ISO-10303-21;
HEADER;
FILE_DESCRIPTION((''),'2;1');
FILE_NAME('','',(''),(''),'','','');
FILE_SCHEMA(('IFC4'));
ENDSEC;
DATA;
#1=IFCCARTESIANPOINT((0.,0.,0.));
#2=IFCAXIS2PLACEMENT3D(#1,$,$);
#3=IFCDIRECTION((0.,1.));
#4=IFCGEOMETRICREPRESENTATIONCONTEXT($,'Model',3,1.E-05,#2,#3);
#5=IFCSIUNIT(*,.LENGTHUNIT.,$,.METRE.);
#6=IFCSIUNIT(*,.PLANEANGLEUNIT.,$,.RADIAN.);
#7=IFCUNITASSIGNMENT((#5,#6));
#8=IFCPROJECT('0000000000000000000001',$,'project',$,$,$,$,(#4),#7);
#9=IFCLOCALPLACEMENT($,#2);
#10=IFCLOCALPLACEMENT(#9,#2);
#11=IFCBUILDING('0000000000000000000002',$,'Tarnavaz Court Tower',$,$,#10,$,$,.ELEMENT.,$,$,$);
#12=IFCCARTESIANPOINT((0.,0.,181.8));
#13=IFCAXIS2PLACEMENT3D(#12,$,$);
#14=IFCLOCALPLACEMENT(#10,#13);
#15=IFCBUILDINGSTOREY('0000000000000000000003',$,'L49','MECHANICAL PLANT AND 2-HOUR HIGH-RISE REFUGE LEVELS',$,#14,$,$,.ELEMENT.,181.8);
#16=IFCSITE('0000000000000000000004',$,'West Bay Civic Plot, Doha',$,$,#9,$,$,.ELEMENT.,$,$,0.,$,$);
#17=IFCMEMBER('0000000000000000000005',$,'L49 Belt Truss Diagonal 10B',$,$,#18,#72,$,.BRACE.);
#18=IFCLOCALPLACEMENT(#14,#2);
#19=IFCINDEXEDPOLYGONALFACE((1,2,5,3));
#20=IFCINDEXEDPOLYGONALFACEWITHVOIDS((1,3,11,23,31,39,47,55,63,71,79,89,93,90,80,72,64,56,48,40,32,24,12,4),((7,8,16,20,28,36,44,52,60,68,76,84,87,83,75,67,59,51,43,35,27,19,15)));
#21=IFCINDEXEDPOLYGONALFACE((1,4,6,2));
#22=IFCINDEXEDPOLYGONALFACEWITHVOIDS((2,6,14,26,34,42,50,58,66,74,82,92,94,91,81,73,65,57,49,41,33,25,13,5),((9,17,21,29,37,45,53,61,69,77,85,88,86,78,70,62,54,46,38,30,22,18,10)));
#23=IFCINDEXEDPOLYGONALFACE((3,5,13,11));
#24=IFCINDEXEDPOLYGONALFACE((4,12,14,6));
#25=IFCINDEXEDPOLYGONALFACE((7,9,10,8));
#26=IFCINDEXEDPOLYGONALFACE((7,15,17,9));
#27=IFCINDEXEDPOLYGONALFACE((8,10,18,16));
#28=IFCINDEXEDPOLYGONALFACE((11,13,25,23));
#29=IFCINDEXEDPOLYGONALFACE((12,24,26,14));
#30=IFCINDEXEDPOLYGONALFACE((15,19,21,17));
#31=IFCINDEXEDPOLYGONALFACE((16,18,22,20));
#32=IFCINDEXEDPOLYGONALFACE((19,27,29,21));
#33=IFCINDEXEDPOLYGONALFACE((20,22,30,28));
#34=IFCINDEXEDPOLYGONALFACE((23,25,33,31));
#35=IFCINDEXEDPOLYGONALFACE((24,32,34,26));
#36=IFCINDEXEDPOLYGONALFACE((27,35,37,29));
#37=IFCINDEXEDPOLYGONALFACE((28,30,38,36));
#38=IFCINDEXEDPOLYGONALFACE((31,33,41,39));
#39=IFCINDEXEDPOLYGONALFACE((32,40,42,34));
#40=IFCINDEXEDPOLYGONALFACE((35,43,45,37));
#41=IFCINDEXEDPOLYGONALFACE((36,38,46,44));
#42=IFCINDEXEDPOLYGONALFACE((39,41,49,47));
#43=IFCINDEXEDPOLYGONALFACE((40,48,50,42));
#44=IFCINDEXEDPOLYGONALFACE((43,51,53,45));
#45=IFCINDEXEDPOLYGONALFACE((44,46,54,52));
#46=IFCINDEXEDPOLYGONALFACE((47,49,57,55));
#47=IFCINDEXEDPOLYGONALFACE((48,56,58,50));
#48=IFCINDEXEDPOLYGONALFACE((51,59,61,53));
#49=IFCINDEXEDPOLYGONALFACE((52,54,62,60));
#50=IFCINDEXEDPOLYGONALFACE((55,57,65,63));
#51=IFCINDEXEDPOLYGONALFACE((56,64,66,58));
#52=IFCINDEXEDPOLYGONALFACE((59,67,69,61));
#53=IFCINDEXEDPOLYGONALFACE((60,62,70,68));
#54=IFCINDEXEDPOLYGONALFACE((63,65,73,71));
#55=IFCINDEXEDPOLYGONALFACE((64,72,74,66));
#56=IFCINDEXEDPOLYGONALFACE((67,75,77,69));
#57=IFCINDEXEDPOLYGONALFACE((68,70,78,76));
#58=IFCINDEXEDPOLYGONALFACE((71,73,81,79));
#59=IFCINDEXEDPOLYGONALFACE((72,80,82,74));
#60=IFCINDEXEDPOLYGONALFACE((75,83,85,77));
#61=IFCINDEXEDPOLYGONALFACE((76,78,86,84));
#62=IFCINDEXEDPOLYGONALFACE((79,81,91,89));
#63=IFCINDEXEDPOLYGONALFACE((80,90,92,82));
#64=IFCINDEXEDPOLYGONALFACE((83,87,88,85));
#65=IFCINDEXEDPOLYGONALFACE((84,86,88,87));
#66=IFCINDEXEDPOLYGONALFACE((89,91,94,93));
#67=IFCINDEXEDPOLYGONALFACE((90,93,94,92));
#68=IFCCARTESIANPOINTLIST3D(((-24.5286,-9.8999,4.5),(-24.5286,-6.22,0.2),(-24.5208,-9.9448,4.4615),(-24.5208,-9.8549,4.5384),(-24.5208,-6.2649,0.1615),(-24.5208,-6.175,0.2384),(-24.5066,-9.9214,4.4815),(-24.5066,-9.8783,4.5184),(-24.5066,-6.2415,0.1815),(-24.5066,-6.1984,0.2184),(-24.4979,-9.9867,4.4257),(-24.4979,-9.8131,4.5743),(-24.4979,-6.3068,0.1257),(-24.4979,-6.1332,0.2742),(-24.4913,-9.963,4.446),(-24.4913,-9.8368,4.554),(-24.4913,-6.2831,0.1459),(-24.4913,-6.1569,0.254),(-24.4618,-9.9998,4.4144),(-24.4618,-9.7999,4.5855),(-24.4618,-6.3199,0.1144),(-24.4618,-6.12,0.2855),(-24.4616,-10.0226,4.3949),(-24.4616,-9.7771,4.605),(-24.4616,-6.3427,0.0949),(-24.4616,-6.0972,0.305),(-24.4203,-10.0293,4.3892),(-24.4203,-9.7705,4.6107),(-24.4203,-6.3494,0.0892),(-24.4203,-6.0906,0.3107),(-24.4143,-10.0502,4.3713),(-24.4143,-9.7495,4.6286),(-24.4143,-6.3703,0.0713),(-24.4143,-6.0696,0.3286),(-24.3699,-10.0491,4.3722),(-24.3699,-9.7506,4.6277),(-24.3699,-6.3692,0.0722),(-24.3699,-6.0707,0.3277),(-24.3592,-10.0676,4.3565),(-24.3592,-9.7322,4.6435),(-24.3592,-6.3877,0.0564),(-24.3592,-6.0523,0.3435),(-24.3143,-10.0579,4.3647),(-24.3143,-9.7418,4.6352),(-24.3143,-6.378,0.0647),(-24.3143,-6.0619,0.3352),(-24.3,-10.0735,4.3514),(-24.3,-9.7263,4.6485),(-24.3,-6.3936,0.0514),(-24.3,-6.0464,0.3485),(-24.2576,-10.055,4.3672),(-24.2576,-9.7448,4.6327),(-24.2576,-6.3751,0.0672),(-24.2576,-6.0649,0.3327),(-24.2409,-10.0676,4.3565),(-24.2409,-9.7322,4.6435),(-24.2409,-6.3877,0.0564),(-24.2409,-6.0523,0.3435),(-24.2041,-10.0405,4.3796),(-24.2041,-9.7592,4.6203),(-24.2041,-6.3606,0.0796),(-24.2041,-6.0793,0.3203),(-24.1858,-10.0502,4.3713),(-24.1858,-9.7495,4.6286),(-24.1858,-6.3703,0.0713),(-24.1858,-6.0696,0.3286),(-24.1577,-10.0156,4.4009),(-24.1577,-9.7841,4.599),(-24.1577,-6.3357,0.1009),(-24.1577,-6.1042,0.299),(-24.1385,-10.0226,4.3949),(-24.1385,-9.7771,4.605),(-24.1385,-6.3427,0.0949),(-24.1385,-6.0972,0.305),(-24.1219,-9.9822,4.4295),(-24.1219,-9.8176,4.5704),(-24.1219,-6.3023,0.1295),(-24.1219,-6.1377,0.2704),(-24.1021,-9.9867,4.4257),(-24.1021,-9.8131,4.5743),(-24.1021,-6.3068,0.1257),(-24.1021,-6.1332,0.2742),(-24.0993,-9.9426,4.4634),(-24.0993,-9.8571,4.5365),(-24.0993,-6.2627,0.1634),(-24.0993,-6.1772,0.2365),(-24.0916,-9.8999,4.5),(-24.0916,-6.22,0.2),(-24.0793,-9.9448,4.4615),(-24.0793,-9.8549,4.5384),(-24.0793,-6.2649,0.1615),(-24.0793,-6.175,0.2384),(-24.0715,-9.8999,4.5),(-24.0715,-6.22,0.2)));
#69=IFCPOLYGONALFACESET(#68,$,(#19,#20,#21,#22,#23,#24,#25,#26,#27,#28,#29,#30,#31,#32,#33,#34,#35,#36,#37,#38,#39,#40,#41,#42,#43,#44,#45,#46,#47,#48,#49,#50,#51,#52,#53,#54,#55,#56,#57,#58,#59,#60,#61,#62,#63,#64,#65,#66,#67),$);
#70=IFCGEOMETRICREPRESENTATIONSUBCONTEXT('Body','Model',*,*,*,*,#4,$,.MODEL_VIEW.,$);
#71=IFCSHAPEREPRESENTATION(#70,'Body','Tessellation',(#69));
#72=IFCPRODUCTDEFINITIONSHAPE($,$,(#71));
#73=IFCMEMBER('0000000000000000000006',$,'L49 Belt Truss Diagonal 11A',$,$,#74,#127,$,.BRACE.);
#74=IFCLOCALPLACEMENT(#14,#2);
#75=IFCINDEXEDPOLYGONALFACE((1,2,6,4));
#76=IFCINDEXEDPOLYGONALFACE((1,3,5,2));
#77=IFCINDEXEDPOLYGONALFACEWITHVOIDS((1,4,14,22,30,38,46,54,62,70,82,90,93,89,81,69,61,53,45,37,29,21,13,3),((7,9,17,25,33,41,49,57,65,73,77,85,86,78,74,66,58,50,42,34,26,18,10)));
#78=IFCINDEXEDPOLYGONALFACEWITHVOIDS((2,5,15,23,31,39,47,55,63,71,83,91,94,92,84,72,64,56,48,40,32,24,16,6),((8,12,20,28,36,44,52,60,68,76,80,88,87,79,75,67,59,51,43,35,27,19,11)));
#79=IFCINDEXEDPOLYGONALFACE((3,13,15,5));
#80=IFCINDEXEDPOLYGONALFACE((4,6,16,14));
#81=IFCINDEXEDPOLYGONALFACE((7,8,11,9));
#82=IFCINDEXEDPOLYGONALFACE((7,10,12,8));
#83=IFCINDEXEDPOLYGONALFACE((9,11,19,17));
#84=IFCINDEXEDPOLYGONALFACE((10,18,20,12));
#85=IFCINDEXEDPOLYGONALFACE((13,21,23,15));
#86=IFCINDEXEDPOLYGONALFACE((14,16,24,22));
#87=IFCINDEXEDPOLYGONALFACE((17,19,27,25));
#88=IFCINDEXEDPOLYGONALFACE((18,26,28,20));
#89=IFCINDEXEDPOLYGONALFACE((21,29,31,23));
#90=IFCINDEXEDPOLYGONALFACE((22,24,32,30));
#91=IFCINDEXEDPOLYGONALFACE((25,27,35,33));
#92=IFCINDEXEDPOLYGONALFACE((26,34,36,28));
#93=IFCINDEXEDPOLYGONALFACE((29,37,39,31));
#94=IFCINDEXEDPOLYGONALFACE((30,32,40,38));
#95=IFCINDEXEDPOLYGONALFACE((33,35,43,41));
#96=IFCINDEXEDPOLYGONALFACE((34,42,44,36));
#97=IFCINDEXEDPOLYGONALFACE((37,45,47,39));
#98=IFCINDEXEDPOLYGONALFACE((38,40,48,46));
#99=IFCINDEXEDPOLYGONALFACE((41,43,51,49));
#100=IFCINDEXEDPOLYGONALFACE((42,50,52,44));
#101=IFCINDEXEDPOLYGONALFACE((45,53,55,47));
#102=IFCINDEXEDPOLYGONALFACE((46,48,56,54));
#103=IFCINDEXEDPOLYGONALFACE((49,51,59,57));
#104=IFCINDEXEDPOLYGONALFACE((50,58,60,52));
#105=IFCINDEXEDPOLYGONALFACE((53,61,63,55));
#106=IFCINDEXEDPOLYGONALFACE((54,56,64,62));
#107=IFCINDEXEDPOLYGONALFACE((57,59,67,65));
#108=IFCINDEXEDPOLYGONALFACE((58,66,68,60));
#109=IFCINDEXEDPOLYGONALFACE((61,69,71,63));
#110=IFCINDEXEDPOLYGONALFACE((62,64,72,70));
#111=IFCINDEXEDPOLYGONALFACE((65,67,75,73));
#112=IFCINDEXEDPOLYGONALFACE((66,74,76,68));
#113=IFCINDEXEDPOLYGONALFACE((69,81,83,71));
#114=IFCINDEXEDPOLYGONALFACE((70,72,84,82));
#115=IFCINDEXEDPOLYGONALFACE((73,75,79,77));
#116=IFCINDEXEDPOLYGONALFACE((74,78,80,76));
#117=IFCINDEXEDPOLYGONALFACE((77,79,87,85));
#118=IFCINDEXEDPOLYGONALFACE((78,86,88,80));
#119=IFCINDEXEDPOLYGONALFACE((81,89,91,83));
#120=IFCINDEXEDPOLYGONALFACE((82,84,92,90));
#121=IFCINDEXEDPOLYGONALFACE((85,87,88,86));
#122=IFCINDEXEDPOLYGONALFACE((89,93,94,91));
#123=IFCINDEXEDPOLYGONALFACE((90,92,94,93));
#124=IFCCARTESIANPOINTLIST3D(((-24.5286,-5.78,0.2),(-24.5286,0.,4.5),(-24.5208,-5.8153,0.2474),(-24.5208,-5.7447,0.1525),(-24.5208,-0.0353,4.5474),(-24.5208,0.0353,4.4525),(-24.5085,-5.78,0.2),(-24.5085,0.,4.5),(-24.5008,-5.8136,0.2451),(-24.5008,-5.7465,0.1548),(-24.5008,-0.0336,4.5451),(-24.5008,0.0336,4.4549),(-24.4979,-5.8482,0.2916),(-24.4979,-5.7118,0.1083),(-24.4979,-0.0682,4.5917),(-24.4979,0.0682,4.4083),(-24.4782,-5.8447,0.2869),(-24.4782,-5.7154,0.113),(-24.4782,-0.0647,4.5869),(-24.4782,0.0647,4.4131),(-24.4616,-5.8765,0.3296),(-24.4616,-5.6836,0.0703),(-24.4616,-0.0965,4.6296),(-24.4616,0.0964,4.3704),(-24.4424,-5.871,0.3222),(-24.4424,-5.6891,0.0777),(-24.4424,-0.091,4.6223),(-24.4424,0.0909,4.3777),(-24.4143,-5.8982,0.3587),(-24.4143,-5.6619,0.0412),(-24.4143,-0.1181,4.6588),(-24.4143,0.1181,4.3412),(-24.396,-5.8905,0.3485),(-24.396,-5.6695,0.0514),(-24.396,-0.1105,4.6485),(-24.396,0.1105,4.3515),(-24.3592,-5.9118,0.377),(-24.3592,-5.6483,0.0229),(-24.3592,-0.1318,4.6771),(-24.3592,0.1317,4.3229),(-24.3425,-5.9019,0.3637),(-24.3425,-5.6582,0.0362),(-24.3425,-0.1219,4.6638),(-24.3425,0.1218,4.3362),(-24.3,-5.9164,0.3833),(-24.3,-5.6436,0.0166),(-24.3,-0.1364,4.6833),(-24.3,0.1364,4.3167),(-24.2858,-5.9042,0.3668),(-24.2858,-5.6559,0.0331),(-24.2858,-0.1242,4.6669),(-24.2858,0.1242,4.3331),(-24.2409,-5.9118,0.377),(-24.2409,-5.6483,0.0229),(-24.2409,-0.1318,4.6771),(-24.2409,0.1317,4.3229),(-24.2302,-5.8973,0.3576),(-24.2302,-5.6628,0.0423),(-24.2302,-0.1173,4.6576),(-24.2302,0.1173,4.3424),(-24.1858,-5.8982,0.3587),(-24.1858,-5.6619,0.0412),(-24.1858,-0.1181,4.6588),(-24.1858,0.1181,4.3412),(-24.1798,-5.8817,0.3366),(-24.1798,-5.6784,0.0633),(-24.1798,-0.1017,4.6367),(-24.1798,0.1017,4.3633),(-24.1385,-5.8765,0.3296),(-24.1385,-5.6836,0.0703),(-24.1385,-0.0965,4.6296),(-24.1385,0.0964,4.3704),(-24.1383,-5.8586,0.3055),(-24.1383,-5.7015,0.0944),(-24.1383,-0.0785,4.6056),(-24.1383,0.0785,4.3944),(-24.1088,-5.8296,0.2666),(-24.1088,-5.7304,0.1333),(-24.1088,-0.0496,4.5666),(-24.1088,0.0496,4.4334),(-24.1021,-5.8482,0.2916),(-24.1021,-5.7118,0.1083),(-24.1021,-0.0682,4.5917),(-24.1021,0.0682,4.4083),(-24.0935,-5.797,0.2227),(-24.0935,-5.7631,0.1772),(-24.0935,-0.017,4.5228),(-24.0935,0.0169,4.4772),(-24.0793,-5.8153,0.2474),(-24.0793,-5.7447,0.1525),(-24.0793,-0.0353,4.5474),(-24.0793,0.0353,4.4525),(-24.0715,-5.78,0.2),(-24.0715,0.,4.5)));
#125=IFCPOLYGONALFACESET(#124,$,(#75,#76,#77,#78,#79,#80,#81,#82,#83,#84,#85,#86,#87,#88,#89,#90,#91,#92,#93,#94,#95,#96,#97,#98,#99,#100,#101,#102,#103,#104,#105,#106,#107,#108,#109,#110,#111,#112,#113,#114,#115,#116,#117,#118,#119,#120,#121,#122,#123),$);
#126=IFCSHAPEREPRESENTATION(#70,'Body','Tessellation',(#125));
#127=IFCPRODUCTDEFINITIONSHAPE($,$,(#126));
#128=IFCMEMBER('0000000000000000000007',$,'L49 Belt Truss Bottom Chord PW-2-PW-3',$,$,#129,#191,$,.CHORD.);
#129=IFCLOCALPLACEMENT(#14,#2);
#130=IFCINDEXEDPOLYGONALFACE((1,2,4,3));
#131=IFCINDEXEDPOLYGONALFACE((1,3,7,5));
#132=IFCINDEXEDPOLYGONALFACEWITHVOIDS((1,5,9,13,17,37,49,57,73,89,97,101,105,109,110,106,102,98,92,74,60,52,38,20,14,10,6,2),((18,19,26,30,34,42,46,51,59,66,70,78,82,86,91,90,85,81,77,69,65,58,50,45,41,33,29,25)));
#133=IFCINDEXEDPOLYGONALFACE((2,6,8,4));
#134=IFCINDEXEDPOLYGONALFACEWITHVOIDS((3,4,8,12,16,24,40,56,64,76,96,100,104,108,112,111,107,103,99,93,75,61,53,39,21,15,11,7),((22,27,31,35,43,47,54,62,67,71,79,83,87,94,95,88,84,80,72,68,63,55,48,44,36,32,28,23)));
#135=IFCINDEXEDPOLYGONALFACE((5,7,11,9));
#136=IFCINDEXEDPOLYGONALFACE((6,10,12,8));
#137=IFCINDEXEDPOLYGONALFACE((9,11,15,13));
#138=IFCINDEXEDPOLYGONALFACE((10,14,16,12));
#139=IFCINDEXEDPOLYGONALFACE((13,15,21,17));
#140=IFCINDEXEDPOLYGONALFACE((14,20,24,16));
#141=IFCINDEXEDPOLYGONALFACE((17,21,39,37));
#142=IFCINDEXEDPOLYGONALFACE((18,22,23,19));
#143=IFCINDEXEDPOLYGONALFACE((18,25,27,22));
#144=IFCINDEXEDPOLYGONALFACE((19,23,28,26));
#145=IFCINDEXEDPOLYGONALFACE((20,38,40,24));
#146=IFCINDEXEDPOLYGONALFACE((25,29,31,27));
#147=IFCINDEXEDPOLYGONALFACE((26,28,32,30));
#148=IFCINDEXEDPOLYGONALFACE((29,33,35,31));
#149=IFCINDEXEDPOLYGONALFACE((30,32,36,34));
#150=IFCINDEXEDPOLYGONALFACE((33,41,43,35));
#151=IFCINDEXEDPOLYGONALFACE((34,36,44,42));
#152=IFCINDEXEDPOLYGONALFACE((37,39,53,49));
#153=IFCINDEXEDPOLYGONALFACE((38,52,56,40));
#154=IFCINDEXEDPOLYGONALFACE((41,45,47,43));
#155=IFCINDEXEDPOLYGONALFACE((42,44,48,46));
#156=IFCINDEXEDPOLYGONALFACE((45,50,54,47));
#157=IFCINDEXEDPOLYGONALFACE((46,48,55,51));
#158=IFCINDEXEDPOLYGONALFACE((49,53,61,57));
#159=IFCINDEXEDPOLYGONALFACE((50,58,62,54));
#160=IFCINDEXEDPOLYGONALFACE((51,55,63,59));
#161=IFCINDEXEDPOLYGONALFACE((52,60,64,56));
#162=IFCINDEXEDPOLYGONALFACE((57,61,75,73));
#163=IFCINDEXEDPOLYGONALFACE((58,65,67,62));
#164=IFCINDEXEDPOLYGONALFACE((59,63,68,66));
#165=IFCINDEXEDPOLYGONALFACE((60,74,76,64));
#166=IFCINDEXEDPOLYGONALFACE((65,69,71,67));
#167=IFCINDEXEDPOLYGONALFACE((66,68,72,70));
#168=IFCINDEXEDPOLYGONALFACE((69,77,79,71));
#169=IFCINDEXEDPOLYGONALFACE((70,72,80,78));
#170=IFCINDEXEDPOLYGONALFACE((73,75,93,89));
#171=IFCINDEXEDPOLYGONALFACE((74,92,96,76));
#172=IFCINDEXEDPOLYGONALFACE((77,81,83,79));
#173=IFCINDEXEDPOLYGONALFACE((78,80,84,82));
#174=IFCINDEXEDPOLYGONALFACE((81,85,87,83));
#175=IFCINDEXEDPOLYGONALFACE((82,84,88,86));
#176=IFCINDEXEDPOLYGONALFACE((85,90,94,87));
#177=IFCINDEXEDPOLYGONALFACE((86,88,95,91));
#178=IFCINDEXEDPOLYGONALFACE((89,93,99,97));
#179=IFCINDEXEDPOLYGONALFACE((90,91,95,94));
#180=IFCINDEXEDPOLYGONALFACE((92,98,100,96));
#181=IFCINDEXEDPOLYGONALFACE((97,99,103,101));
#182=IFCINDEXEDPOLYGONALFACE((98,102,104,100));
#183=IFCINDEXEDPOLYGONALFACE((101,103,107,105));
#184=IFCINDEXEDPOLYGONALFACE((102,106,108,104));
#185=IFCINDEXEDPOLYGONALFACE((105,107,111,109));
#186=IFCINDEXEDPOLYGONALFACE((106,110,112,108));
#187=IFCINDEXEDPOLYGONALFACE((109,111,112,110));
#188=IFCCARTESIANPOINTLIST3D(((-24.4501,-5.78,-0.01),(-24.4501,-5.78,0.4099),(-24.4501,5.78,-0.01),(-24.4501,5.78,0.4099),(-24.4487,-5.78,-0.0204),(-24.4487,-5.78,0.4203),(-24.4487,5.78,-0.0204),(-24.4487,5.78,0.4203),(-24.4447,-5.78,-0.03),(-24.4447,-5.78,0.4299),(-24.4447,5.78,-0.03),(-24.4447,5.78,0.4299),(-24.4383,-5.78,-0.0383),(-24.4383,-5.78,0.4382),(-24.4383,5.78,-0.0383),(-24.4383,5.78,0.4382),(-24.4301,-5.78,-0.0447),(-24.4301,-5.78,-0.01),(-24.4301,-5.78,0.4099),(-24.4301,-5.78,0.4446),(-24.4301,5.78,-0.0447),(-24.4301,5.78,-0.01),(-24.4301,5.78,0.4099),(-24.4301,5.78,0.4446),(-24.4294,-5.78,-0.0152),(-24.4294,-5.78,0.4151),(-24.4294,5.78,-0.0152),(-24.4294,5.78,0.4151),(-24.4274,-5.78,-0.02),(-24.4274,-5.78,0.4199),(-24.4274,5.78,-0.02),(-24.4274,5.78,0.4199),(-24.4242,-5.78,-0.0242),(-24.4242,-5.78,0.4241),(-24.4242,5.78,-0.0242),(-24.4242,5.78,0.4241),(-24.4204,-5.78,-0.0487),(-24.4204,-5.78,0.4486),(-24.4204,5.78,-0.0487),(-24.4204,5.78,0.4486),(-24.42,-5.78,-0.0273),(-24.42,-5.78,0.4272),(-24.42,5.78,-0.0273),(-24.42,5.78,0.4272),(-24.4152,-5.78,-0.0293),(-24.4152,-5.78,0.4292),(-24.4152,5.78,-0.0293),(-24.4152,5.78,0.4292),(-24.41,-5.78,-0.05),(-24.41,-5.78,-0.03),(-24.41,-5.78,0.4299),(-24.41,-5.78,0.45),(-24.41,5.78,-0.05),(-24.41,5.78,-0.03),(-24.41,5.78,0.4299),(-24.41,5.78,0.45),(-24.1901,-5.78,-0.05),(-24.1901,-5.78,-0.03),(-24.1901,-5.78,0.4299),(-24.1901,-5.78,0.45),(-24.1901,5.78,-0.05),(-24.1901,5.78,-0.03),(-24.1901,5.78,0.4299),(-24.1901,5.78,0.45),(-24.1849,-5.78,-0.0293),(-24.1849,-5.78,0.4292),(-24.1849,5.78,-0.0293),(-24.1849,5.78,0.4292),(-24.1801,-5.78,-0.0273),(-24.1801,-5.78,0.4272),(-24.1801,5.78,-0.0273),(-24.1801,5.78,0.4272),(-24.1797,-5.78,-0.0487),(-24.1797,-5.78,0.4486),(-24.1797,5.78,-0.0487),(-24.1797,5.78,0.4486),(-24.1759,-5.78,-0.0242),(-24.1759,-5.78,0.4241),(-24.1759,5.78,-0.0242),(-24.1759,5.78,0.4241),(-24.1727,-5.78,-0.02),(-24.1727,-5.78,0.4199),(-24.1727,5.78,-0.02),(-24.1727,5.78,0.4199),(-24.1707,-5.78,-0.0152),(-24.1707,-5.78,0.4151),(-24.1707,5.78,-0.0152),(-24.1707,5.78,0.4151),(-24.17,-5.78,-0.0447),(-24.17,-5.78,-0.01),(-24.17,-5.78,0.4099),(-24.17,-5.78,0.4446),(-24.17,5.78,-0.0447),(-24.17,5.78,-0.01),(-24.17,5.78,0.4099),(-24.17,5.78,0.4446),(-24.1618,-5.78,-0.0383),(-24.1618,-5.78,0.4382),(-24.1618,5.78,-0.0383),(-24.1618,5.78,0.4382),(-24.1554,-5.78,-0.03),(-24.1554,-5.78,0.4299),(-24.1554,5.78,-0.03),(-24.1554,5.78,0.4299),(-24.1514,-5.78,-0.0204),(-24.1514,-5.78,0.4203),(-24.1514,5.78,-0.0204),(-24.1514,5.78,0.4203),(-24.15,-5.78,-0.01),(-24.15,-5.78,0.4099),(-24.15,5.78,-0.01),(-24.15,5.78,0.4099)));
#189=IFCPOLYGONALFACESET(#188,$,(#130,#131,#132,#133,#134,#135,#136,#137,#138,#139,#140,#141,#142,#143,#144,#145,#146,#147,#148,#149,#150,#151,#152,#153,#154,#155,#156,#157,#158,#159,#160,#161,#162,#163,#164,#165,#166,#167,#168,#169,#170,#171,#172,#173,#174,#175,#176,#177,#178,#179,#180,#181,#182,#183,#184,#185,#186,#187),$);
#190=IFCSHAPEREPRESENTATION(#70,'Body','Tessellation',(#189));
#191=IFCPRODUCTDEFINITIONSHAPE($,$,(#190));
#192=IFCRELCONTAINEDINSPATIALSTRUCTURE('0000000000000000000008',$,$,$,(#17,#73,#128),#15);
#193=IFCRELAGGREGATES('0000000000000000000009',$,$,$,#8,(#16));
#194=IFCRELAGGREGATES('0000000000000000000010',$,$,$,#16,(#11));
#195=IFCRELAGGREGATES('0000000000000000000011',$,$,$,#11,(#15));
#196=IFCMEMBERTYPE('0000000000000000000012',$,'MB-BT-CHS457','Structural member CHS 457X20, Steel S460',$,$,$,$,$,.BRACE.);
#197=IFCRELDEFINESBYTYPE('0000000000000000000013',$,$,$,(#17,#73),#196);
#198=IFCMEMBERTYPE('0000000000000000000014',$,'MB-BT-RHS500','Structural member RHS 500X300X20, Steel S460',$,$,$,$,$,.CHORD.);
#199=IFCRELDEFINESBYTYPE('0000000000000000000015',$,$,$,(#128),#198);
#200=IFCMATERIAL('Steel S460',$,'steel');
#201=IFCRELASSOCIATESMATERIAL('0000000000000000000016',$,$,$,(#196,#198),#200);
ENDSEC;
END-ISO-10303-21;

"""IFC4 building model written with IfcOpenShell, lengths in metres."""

from ifc_helpers import new_model, si_unit, direction, frame, origin, origin_2d, place, context, subcontext, project, spatial, hollow_rectangle, hollow_circle, extrude, material, material_profile, profile_set, type_object, element, save


model = new_model("IFC4")

# Units and contexts
model_context = context("Model", 3, precision=1e-05, world=origin(), true_north=direction((0.0, 1.0)))
body_context = subcontext(model_context, "Body", "Model", "MODEL_VIEW")
ifc_project = project(units=[si_unit("LENGTHUNIT", "METRE"), si_unit("PLANEANGLEUNIT", "RADIAN")], contexts=[model_context])

# Site, building, storey
site_placement = place(None, origin())
site = spatial("IfcSite", under=ifc_project, at=site_placement, Name="West Bay Civic Plot, Doha", CompositionType="ELEMENT", RefElevation=0.0)
building_placement = place(site_placement, origin())
building = spatial("IfcBuilding", under=site, at=building_placement, Name="Tarnavaz Court Tower", CompositionType="ELEMENT")
storey_placement = place(building_placement, frame((0.0, 0.0, 181.8)))
storey = spatial("IfcBuildingStorey", under=building, at=storey_placement, Name="L49", Description="MECHANICAL PLANT AND 2-HOUR HIGH-RISE REFUGE LEVELS", CompositionType="ELEMENT", Elevation=181.8)

# Shared definitions
ifc_material_1 = material(Name="Steel S460", Category="steel")

# Members
ifc_material_profile_1 = material_profile(ifc_material_1, hollow_circle(Radius=0.2285, WallThickness=0.02, at=origin_2d()), Name="CHS 457X20")
ifc_profile_set_1 = profile_set([ifc_material_profile_1], Name="Steel S460")
member_type_1 = type_object("IfcMemberType", Name="MB-BT-CHS457", Description="Structural member CHS 457X20, Steel S460", PredefinedType="BRACE", material=ifc_profile_set_1)
member_1_placement = place(storey_placement, frame((-24.3, -6.22, 0.2), z_axis=(0.0, -0.650198, 0.759765), x_axis=(1.0, 0.0, 0.0)))
element("IfcMember", 1, at=member_1_placement, inside=storey, type_object=member_type_1, Name="L49 Belt Truss Diagonal 10B", PredefinedType="BRACE", context=body_context, shape_type="SweptSolid", body=[
    extrude(hollow_circle(Radius=0.2285, WallThickness=0.02, at=origin_2d()), origin(), (0.0, 0.0, 1.0), 5.6597),
])
member_2_placement = place(storey_placement, frame((-24.3, -5.78, 0.2), z_axis=(0.0, 0.802324, 0.596889), x_axis=(-1.0, 0.0, 0.0)))
element("IfcMember", 2, at=member_2_placement, inside=storey, type_object=member_type_1, Name="L49 Belt Truss Diagonal 11A", PredefinedType="BRACE", context=body_context, shape_type="SweptSolid", body=[
    extrude(hollow_circle(Radius=0.2285, WallThickness=0.02, at=origin_2d()), origin(), (0.0, 0.0, 1.0), 7.2041),
])
ifc_material_profile_2 = material_profile(ifc_material_1, hollow_rectangle(XDim=0.3, YDim=0.5, WallThickness=0.02, InnerFilletRadius=0.02, OuterFilletRadius=0.04, at=origin_2d()), Name="RHS 500X300X20")
ifc_profile_set_2 = profile_set([ifc_material_profile_2], Name="Steel S460")
member_type_2 = type_object("IfcMemberType", Name="MB-BT-RHS500", Description="Structural member RHS 500X300X20, Steel S460", PredefinedType="CHORD", material=ifc_profile_set_2)
member_3_placement = place(storey_placement, frame((-24.3, -5.78, 0.2), z_axis=(0.0, 1.0, 0.0), x_axis=(-1.0, 0.0, 0.0)))
element("IfcMember", 3, at=member_3_placement, inside=storey, type_object=member_type_2, Name="L49 Belt Truss Bottom Chord PW-2-PW-3", PredefinedType="CHORD", context=body_context, shape_type="SweptSolid", body=[
    extrude(hollow_rectangle(XDim=0.3, YDim=0.5, WallThickness=0.02, InnerFilletRadius=0.02, OuterFilletRadius=0.04, at=origin_2d()), origin(), (0.0, 0.0, 1.0), 11.5601),
])

save(model, "model.ifc")
